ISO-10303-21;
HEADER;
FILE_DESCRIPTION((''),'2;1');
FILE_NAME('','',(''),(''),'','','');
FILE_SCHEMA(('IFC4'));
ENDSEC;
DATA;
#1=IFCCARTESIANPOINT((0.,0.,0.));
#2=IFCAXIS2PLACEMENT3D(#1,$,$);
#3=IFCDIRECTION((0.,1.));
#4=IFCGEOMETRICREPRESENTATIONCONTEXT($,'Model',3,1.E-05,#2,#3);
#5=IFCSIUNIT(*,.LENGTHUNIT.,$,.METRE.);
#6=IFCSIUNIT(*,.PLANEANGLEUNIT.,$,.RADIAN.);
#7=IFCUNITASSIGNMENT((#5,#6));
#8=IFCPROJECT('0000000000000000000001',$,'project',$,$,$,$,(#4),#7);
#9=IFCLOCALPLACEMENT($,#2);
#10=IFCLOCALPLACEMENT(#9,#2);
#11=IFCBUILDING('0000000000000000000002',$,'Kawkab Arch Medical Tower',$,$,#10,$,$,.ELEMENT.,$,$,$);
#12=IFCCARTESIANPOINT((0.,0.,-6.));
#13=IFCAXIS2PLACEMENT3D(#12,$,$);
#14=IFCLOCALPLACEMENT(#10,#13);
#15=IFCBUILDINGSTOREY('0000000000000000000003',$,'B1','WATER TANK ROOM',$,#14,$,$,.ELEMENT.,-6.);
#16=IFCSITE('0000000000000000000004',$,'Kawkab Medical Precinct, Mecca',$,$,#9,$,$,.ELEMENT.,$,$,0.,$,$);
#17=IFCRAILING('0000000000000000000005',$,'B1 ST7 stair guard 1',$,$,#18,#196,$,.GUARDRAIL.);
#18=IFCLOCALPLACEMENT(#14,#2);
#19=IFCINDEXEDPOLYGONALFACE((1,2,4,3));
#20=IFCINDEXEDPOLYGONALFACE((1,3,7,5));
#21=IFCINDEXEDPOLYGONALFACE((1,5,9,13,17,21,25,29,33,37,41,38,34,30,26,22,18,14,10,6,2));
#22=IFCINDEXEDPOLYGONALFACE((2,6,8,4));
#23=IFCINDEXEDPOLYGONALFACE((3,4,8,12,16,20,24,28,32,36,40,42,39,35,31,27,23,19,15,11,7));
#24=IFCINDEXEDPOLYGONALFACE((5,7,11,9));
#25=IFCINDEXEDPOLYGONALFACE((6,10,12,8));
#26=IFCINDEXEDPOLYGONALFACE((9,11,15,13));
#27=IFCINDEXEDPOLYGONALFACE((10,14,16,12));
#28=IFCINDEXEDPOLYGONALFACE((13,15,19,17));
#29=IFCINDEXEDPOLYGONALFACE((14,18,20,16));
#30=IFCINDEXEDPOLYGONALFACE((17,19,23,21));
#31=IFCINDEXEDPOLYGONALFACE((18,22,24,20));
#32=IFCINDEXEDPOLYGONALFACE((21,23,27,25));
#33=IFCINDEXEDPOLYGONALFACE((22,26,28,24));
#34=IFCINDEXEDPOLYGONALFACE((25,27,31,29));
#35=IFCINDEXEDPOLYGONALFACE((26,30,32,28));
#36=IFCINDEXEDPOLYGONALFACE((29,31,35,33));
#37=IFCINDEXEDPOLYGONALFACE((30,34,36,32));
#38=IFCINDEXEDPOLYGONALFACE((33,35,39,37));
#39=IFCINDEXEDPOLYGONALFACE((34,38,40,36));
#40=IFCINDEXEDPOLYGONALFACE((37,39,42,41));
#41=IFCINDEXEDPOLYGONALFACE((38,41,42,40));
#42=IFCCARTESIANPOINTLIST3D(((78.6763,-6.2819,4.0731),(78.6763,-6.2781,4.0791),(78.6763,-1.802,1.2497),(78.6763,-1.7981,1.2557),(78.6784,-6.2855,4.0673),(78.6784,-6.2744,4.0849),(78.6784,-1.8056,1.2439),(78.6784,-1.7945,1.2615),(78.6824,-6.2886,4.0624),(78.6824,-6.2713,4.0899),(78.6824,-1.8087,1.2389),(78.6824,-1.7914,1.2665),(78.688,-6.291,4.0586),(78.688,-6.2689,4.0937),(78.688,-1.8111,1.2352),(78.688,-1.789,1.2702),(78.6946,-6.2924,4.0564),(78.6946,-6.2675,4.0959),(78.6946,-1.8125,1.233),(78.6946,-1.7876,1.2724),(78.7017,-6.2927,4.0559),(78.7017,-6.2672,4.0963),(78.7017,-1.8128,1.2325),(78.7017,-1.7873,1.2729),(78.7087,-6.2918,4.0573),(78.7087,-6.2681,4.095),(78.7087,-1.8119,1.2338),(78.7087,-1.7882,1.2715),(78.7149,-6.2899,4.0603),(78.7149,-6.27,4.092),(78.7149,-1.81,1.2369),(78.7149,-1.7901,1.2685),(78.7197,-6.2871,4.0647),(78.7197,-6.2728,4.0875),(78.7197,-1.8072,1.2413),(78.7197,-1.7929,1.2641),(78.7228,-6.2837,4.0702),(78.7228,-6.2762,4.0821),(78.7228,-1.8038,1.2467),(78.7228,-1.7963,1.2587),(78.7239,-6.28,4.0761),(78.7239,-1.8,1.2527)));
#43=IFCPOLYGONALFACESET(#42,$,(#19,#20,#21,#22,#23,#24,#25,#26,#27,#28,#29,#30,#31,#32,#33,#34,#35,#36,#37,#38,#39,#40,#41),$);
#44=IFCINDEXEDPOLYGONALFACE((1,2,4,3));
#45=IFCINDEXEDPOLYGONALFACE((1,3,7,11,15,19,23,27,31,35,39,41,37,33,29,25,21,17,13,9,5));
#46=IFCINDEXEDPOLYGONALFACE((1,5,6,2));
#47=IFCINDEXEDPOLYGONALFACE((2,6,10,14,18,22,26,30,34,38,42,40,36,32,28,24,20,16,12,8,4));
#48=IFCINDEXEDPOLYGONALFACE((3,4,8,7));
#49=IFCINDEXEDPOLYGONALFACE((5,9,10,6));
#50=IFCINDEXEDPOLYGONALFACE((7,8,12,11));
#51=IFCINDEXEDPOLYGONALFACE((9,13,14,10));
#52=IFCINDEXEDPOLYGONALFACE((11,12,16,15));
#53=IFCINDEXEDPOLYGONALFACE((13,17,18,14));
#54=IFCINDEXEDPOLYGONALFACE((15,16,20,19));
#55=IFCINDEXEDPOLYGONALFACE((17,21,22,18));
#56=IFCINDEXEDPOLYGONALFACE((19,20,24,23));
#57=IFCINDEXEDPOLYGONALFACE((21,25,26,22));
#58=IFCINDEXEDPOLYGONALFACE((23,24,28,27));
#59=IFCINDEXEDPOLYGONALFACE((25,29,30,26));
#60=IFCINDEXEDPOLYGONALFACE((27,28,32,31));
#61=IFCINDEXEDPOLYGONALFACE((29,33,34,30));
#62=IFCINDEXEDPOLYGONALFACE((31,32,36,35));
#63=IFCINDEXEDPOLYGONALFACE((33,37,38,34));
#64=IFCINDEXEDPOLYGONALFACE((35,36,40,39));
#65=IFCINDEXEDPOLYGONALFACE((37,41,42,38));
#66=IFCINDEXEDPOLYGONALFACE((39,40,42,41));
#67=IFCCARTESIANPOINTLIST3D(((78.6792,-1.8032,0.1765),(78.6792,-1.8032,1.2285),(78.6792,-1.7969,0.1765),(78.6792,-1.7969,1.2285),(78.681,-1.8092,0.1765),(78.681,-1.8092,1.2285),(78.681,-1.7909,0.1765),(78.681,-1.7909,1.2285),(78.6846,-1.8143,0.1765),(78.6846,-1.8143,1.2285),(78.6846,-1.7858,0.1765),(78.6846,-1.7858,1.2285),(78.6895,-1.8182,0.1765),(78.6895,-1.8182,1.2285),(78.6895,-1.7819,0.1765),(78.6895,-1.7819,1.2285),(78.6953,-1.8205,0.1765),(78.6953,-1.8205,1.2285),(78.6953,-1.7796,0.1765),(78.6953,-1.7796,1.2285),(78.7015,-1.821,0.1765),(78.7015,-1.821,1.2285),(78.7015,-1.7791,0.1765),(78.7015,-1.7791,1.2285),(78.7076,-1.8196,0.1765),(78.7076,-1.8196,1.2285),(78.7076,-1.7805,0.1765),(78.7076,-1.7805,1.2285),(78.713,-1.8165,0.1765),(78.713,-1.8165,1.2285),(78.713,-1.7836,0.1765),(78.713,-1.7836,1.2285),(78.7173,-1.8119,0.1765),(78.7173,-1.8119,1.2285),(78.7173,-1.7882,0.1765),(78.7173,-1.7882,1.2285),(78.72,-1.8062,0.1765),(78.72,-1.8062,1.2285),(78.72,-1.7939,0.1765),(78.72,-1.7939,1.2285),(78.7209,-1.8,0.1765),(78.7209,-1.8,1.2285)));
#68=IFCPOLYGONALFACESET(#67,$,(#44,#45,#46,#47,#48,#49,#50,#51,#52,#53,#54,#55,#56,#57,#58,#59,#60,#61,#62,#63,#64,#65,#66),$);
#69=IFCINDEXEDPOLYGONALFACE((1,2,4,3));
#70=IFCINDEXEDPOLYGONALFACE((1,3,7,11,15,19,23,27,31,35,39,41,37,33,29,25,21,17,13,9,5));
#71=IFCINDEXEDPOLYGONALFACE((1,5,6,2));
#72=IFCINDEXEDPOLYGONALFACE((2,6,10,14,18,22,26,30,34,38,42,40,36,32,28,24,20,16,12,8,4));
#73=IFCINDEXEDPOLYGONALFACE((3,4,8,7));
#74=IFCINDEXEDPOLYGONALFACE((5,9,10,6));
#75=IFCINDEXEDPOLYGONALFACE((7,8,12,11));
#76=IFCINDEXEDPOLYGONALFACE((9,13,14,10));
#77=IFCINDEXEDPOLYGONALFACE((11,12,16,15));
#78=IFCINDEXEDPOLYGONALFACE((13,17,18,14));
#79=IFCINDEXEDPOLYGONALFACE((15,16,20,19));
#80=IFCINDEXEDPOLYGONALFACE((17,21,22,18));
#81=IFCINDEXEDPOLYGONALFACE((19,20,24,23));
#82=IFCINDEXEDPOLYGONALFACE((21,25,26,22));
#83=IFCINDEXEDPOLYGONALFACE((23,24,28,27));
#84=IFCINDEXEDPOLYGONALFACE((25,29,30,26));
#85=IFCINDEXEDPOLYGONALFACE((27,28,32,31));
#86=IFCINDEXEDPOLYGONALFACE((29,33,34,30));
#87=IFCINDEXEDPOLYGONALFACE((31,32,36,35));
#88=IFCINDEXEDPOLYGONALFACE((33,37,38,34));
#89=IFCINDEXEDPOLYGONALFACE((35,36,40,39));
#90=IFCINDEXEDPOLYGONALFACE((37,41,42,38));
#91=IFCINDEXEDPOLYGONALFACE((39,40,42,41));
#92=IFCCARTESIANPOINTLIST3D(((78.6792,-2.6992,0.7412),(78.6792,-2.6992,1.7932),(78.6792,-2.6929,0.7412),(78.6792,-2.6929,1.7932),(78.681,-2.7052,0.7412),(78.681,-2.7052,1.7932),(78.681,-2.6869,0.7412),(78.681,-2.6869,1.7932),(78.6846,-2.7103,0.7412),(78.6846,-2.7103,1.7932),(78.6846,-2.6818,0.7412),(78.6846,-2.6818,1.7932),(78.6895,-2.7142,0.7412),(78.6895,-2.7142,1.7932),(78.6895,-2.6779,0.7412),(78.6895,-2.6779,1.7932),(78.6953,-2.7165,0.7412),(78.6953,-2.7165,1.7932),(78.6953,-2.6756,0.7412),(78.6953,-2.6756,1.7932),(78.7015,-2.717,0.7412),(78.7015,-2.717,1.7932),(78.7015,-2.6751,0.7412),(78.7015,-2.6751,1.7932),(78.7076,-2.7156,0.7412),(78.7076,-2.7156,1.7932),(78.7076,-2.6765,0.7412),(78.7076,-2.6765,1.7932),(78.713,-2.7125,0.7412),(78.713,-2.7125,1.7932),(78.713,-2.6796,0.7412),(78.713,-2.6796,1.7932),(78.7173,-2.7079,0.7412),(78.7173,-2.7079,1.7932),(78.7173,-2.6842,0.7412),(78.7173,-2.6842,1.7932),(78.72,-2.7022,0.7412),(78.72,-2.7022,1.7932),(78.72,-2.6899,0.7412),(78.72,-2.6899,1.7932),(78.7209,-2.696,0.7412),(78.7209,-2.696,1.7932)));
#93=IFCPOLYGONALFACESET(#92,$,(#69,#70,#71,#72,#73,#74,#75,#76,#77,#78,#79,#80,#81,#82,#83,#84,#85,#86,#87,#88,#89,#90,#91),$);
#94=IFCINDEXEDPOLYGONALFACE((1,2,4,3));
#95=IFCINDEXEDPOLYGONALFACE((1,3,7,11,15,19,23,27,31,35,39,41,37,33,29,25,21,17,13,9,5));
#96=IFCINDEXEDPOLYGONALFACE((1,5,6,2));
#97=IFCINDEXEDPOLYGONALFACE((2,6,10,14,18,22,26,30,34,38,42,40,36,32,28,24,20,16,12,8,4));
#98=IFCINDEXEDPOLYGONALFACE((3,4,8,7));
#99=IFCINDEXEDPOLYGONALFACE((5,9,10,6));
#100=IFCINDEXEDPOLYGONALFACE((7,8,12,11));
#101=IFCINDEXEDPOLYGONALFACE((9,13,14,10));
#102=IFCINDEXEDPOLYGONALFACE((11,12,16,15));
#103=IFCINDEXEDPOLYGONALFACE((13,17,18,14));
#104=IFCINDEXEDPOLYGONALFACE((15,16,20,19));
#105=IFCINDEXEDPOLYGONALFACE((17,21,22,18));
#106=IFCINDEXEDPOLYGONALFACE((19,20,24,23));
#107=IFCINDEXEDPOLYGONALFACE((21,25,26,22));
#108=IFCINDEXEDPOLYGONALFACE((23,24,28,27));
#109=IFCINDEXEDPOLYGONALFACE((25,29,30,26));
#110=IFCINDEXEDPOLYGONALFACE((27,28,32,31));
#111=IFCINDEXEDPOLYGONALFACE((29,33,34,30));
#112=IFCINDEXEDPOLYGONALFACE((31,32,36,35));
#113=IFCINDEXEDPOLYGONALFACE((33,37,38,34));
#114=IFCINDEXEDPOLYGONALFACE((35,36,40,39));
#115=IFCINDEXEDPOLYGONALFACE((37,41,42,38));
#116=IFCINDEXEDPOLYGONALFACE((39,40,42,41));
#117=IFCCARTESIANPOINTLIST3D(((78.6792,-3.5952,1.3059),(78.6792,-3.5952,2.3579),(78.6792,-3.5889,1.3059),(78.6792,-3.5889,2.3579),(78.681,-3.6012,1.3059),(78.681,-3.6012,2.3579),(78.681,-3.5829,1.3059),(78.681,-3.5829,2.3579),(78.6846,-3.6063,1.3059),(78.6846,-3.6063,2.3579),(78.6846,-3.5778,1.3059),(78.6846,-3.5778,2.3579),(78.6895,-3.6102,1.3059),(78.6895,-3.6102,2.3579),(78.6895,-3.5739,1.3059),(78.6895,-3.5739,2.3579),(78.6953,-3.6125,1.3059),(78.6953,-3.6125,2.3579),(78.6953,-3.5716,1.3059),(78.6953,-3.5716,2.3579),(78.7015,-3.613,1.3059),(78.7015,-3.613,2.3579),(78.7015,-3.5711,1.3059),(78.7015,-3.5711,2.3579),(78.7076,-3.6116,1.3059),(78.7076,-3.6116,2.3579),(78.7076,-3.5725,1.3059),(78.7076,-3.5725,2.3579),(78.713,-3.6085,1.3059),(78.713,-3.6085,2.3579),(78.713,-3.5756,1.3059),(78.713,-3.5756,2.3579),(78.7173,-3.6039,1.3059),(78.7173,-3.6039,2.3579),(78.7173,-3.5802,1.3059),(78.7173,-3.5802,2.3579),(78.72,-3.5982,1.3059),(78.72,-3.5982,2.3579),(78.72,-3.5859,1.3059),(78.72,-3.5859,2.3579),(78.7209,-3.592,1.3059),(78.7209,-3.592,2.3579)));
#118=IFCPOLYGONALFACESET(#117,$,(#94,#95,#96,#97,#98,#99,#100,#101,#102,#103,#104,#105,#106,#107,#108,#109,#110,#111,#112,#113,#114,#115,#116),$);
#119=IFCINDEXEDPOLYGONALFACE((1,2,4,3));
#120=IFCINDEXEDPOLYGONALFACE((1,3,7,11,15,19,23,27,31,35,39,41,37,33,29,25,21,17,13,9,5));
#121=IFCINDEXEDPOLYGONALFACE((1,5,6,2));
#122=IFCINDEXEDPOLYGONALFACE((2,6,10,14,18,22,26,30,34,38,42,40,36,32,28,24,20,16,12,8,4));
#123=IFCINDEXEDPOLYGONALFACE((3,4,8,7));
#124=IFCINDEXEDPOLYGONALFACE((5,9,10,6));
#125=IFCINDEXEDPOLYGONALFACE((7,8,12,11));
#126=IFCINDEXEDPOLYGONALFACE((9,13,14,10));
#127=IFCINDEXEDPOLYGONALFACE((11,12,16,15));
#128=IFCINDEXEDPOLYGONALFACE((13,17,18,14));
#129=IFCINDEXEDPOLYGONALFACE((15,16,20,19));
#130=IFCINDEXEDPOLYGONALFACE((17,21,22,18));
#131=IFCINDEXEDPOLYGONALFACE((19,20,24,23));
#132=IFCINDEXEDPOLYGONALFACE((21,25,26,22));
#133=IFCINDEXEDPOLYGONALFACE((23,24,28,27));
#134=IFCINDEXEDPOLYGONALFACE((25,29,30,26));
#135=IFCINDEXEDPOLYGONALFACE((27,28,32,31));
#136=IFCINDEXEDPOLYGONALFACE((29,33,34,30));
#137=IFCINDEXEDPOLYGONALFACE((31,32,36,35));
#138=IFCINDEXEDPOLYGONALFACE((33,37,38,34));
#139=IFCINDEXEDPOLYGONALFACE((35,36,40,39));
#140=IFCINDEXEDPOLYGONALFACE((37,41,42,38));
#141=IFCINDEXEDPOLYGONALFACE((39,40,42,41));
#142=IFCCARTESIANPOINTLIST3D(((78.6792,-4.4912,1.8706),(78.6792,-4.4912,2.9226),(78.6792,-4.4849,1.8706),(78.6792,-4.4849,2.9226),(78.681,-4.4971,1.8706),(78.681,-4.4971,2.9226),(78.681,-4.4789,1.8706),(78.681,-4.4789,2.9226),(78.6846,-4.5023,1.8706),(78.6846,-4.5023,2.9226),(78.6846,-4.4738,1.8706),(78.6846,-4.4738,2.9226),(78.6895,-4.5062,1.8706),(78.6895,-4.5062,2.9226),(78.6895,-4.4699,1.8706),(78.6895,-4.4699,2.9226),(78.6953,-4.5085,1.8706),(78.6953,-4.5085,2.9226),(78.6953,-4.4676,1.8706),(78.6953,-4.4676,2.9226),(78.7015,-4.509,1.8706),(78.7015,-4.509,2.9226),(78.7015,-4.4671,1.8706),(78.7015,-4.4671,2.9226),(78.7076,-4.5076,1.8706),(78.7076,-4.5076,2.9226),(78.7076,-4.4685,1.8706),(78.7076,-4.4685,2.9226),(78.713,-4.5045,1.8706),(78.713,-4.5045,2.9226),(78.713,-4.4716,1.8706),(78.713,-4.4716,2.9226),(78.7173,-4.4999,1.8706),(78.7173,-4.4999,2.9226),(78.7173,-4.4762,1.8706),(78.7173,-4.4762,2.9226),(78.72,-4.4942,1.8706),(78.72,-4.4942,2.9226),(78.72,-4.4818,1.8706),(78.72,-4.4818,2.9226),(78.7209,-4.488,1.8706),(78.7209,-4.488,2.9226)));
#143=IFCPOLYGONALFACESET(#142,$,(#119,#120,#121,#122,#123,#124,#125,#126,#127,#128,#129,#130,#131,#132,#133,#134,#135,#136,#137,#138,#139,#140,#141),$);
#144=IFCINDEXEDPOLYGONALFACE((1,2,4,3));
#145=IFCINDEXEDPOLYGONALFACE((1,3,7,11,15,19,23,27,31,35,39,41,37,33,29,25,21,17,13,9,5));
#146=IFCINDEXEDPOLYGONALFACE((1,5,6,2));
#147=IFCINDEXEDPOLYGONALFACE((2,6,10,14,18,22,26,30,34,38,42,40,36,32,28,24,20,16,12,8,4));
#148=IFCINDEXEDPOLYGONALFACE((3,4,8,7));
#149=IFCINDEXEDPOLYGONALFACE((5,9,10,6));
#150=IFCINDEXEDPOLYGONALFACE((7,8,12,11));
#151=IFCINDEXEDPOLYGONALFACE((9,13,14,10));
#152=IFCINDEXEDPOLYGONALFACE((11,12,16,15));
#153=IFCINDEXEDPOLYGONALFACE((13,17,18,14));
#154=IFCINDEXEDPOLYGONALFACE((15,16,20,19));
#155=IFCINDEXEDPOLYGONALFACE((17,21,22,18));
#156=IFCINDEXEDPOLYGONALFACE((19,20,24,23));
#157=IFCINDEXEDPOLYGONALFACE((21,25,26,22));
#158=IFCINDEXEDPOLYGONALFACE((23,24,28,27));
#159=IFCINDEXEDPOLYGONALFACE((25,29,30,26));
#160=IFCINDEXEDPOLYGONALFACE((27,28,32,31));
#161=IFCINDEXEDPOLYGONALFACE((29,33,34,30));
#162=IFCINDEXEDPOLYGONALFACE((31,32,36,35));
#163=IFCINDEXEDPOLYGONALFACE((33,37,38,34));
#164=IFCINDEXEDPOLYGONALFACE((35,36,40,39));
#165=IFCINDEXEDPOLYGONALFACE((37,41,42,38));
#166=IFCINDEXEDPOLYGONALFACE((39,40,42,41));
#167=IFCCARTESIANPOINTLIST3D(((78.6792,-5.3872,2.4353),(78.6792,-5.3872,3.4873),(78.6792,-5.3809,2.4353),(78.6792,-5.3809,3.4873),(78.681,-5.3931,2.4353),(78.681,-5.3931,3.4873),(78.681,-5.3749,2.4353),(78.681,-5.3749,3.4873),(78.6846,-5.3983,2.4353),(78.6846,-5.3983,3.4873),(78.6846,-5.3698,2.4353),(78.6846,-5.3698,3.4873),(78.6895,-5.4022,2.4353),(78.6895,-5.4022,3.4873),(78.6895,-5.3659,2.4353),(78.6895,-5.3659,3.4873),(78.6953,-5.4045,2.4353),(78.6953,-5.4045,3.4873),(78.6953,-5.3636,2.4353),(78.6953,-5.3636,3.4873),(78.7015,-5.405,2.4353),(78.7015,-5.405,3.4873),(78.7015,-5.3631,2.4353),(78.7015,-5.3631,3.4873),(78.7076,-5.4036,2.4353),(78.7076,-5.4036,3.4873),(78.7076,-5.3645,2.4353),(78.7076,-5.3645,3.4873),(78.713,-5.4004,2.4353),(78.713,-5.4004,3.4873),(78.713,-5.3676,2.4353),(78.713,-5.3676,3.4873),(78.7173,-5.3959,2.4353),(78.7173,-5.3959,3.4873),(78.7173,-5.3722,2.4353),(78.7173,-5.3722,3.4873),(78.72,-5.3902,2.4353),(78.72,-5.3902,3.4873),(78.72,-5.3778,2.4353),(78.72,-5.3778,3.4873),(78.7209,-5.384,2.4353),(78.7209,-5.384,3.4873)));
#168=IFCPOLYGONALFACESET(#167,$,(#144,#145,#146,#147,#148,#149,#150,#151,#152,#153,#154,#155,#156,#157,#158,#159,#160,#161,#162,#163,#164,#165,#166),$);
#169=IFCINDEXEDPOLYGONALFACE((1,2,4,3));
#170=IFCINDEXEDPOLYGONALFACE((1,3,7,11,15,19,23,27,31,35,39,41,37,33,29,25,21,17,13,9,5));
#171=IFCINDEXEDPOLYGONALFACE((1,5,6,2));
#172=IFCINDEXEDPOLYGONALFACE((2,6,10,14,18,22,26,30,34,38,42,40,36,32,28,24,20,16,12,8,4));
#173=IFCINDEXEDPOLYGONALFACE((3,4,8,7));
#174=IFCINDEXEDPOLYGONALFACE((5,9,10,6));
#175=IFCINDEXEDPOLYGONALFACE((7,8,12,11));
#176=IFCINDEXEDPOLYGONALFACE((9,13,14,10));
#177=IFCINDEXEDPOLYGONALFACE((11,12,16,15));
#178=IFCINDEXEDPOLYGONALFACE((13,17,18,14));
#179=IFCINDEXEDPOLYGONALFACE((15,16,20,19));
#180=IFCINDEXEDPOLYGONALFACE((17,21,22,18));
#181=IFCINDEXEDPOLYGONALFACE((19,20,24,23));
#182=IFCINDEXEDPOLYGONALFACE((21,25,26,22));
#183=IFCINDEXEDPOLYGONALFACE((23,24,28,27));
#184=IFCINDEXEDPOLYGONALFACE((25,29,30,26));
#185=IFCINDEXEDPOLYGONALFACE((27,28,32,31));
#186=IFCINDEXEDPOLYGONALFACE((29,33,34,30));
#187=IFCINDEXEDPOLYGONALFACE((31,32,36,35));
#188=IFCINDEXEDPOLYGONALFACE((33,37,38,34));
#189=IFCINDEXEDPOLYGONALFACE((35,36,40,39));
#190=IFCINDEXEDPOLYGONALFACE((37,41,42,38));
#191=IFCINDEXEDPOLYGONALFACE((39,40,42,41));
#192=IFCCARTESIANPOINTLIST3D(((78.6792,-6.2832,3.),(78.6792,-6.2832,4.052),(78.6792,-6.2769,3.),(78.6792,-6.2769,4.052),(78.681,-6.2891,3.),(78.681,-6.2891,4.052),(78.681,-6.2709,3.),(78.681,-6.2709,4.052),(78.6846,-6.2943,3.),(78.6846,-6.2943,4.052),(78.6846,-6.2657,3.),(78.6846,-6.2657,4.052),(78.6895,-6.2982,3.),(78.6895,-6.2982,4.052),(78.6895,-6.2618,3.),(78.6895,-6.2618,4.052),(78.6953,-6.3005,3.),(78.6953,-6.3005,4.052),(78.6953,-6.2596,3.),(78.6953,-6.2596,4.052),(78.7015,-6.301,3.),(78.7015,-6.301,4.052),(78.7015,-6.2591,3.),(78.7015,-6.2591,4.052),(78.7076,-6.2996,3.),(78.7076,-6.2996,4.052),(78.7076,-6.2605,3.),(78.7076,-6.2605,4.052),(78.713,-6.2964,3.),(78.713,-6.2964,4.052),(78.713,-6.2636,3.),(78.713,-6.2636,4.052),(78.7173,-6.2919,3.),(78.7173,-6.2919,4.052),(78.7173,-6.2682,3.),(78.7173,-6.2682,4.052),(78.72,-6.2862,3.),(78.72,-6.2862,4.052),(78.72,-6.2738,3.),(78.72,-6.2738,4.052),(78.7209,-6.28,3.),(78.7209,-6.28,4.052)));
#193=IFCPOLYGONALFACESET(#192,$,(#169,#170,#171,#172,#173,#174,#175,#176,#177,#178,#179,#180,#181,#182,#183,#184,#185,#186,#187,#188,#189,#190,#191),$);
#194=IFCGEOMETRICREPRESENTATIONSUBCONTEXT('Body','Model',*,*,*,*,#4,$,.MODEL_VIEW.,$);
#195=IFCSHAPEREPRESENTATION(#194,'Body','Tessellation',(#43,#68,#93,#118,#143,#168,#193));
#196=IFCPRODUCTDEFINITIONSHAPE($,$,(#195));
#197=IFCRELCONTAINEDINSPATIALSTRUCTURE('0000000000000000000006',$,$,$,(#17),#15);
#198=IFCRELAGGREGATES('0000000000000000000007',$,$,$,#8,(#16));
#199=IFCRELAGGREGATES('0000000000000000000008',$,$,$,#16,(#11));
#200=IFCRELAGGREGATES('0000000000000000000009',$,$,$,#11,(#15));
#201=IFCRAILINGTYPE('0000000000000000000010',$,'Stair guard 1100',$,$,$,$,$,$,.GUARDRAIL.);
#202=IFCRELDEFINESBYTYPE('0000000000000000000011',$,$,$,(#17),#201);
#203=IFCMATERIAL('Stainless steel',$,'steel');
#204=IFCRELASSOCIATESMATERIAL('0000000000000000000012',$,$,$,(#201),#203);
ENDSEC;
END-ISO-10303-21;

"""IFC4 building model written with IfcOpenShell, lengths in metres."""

from ifc_helpers import new_model, si_unit, direction, frame, origin, origin_2d, place, context, subcontext, project, spatial, circle, extrude, material, type_object, element, save


model = new_model("IFC4")

# Units and contexts
model_context = context("Model", 3, precision=1e-05, world=origin(), true_north=direction((0.0, 1.0)))
body_context = subcontext(model_context, "Body", "Model", "MODEL_VIEW")
ifc_project = project(units=[si_unit("LENGTHUNIT", "METRE"), si_unit("PLANEANGLEUNIT", "RADIAN")], contexts=[model_context])

# Site, building, storey
site_placement = place(None, origin())
site = spatial("IfcSite", under=ifc_project, at=site_placement, Name="Kawkab Medical Precinct, Mecca", CompositionType="ELEMENT", RefElevation=0.0)
building_placement = place(site_placement, origin())
building = spatial("IfcBuilding", under=site, at=building_placement, Name="Kawkab Arch Medical Tower", CompositionType="ELEMENT")
storey_placement = place(building_placement, frame((0.0, 0.0, -6.0)))
storey = spatial("IfcBuildingStorey", under=building, at=storey_placement, Name="B1", Description="WATER TANK ROOM", CompositionType="ELEMENT", Elevation=-6.0)

# Railing
ifc_material_1 = material(Name="Stainless steel", Category="steel")
railing_type = type_object("IfcRailingType", Name="Stair guard 1100", PredefinedType="GUARDRAIL", material=ifc_material_1)
railing_1_placement = place(storey_placement, frame((78.7, -1.8, 0.1765)))
element("IfcRailing", 1, at=railing_1_placement, inside=storey, type_object=railing_type, Name="B1 ST7 stair guard 1", PredefinedType="GUARDRAIL", context=body_context, shape_type="SweptSolid", body=[
    extrude(circle(Radius=0.0239, at=origin_2d()), frame((0.0, 0.0, 1.0762), z_axis=(0.0, -0.845998, 0.533186), x_axis=(1.0, 0.0, 0.0)), (0.0, 0.0, 1.0), 5.2954),
    extrude(circle(Radius=0.021, at=origin_2d()), origin(), (0.0, 0.0, 1.0), 1.052),
    extrude(circle(Radius=0.021, at=origin_2d()), frame((0.0, -0.896, 0.5647)), (0.0, 0.0, 1.0), 1.052),
    extrude(circle(Radius=0.021, at=origin_2d()), frame((0.0, -1.792, 1.1294)), (0.0, 0.0, 1.0), 1.052),
    extrude(circle(Radius=0.021, at=origin_2d()), frame((0.0, -2.688, 1.6941)), (0.0, 0.0, 1.0), 1.052),
    extrude(circle(Radius=0.021, at=origin_2d()), frame((0.0, -3.584, 2.2588)), (0.0, 0.0, 1.0), 1.052),
    extrude(circle(Radius=0.021, at=origin_2d()), frame((0.0, -4.48, 2.8235)), (0.0, 0.0, 1.0), 1.052),
])

save(model, "model.ifc")
